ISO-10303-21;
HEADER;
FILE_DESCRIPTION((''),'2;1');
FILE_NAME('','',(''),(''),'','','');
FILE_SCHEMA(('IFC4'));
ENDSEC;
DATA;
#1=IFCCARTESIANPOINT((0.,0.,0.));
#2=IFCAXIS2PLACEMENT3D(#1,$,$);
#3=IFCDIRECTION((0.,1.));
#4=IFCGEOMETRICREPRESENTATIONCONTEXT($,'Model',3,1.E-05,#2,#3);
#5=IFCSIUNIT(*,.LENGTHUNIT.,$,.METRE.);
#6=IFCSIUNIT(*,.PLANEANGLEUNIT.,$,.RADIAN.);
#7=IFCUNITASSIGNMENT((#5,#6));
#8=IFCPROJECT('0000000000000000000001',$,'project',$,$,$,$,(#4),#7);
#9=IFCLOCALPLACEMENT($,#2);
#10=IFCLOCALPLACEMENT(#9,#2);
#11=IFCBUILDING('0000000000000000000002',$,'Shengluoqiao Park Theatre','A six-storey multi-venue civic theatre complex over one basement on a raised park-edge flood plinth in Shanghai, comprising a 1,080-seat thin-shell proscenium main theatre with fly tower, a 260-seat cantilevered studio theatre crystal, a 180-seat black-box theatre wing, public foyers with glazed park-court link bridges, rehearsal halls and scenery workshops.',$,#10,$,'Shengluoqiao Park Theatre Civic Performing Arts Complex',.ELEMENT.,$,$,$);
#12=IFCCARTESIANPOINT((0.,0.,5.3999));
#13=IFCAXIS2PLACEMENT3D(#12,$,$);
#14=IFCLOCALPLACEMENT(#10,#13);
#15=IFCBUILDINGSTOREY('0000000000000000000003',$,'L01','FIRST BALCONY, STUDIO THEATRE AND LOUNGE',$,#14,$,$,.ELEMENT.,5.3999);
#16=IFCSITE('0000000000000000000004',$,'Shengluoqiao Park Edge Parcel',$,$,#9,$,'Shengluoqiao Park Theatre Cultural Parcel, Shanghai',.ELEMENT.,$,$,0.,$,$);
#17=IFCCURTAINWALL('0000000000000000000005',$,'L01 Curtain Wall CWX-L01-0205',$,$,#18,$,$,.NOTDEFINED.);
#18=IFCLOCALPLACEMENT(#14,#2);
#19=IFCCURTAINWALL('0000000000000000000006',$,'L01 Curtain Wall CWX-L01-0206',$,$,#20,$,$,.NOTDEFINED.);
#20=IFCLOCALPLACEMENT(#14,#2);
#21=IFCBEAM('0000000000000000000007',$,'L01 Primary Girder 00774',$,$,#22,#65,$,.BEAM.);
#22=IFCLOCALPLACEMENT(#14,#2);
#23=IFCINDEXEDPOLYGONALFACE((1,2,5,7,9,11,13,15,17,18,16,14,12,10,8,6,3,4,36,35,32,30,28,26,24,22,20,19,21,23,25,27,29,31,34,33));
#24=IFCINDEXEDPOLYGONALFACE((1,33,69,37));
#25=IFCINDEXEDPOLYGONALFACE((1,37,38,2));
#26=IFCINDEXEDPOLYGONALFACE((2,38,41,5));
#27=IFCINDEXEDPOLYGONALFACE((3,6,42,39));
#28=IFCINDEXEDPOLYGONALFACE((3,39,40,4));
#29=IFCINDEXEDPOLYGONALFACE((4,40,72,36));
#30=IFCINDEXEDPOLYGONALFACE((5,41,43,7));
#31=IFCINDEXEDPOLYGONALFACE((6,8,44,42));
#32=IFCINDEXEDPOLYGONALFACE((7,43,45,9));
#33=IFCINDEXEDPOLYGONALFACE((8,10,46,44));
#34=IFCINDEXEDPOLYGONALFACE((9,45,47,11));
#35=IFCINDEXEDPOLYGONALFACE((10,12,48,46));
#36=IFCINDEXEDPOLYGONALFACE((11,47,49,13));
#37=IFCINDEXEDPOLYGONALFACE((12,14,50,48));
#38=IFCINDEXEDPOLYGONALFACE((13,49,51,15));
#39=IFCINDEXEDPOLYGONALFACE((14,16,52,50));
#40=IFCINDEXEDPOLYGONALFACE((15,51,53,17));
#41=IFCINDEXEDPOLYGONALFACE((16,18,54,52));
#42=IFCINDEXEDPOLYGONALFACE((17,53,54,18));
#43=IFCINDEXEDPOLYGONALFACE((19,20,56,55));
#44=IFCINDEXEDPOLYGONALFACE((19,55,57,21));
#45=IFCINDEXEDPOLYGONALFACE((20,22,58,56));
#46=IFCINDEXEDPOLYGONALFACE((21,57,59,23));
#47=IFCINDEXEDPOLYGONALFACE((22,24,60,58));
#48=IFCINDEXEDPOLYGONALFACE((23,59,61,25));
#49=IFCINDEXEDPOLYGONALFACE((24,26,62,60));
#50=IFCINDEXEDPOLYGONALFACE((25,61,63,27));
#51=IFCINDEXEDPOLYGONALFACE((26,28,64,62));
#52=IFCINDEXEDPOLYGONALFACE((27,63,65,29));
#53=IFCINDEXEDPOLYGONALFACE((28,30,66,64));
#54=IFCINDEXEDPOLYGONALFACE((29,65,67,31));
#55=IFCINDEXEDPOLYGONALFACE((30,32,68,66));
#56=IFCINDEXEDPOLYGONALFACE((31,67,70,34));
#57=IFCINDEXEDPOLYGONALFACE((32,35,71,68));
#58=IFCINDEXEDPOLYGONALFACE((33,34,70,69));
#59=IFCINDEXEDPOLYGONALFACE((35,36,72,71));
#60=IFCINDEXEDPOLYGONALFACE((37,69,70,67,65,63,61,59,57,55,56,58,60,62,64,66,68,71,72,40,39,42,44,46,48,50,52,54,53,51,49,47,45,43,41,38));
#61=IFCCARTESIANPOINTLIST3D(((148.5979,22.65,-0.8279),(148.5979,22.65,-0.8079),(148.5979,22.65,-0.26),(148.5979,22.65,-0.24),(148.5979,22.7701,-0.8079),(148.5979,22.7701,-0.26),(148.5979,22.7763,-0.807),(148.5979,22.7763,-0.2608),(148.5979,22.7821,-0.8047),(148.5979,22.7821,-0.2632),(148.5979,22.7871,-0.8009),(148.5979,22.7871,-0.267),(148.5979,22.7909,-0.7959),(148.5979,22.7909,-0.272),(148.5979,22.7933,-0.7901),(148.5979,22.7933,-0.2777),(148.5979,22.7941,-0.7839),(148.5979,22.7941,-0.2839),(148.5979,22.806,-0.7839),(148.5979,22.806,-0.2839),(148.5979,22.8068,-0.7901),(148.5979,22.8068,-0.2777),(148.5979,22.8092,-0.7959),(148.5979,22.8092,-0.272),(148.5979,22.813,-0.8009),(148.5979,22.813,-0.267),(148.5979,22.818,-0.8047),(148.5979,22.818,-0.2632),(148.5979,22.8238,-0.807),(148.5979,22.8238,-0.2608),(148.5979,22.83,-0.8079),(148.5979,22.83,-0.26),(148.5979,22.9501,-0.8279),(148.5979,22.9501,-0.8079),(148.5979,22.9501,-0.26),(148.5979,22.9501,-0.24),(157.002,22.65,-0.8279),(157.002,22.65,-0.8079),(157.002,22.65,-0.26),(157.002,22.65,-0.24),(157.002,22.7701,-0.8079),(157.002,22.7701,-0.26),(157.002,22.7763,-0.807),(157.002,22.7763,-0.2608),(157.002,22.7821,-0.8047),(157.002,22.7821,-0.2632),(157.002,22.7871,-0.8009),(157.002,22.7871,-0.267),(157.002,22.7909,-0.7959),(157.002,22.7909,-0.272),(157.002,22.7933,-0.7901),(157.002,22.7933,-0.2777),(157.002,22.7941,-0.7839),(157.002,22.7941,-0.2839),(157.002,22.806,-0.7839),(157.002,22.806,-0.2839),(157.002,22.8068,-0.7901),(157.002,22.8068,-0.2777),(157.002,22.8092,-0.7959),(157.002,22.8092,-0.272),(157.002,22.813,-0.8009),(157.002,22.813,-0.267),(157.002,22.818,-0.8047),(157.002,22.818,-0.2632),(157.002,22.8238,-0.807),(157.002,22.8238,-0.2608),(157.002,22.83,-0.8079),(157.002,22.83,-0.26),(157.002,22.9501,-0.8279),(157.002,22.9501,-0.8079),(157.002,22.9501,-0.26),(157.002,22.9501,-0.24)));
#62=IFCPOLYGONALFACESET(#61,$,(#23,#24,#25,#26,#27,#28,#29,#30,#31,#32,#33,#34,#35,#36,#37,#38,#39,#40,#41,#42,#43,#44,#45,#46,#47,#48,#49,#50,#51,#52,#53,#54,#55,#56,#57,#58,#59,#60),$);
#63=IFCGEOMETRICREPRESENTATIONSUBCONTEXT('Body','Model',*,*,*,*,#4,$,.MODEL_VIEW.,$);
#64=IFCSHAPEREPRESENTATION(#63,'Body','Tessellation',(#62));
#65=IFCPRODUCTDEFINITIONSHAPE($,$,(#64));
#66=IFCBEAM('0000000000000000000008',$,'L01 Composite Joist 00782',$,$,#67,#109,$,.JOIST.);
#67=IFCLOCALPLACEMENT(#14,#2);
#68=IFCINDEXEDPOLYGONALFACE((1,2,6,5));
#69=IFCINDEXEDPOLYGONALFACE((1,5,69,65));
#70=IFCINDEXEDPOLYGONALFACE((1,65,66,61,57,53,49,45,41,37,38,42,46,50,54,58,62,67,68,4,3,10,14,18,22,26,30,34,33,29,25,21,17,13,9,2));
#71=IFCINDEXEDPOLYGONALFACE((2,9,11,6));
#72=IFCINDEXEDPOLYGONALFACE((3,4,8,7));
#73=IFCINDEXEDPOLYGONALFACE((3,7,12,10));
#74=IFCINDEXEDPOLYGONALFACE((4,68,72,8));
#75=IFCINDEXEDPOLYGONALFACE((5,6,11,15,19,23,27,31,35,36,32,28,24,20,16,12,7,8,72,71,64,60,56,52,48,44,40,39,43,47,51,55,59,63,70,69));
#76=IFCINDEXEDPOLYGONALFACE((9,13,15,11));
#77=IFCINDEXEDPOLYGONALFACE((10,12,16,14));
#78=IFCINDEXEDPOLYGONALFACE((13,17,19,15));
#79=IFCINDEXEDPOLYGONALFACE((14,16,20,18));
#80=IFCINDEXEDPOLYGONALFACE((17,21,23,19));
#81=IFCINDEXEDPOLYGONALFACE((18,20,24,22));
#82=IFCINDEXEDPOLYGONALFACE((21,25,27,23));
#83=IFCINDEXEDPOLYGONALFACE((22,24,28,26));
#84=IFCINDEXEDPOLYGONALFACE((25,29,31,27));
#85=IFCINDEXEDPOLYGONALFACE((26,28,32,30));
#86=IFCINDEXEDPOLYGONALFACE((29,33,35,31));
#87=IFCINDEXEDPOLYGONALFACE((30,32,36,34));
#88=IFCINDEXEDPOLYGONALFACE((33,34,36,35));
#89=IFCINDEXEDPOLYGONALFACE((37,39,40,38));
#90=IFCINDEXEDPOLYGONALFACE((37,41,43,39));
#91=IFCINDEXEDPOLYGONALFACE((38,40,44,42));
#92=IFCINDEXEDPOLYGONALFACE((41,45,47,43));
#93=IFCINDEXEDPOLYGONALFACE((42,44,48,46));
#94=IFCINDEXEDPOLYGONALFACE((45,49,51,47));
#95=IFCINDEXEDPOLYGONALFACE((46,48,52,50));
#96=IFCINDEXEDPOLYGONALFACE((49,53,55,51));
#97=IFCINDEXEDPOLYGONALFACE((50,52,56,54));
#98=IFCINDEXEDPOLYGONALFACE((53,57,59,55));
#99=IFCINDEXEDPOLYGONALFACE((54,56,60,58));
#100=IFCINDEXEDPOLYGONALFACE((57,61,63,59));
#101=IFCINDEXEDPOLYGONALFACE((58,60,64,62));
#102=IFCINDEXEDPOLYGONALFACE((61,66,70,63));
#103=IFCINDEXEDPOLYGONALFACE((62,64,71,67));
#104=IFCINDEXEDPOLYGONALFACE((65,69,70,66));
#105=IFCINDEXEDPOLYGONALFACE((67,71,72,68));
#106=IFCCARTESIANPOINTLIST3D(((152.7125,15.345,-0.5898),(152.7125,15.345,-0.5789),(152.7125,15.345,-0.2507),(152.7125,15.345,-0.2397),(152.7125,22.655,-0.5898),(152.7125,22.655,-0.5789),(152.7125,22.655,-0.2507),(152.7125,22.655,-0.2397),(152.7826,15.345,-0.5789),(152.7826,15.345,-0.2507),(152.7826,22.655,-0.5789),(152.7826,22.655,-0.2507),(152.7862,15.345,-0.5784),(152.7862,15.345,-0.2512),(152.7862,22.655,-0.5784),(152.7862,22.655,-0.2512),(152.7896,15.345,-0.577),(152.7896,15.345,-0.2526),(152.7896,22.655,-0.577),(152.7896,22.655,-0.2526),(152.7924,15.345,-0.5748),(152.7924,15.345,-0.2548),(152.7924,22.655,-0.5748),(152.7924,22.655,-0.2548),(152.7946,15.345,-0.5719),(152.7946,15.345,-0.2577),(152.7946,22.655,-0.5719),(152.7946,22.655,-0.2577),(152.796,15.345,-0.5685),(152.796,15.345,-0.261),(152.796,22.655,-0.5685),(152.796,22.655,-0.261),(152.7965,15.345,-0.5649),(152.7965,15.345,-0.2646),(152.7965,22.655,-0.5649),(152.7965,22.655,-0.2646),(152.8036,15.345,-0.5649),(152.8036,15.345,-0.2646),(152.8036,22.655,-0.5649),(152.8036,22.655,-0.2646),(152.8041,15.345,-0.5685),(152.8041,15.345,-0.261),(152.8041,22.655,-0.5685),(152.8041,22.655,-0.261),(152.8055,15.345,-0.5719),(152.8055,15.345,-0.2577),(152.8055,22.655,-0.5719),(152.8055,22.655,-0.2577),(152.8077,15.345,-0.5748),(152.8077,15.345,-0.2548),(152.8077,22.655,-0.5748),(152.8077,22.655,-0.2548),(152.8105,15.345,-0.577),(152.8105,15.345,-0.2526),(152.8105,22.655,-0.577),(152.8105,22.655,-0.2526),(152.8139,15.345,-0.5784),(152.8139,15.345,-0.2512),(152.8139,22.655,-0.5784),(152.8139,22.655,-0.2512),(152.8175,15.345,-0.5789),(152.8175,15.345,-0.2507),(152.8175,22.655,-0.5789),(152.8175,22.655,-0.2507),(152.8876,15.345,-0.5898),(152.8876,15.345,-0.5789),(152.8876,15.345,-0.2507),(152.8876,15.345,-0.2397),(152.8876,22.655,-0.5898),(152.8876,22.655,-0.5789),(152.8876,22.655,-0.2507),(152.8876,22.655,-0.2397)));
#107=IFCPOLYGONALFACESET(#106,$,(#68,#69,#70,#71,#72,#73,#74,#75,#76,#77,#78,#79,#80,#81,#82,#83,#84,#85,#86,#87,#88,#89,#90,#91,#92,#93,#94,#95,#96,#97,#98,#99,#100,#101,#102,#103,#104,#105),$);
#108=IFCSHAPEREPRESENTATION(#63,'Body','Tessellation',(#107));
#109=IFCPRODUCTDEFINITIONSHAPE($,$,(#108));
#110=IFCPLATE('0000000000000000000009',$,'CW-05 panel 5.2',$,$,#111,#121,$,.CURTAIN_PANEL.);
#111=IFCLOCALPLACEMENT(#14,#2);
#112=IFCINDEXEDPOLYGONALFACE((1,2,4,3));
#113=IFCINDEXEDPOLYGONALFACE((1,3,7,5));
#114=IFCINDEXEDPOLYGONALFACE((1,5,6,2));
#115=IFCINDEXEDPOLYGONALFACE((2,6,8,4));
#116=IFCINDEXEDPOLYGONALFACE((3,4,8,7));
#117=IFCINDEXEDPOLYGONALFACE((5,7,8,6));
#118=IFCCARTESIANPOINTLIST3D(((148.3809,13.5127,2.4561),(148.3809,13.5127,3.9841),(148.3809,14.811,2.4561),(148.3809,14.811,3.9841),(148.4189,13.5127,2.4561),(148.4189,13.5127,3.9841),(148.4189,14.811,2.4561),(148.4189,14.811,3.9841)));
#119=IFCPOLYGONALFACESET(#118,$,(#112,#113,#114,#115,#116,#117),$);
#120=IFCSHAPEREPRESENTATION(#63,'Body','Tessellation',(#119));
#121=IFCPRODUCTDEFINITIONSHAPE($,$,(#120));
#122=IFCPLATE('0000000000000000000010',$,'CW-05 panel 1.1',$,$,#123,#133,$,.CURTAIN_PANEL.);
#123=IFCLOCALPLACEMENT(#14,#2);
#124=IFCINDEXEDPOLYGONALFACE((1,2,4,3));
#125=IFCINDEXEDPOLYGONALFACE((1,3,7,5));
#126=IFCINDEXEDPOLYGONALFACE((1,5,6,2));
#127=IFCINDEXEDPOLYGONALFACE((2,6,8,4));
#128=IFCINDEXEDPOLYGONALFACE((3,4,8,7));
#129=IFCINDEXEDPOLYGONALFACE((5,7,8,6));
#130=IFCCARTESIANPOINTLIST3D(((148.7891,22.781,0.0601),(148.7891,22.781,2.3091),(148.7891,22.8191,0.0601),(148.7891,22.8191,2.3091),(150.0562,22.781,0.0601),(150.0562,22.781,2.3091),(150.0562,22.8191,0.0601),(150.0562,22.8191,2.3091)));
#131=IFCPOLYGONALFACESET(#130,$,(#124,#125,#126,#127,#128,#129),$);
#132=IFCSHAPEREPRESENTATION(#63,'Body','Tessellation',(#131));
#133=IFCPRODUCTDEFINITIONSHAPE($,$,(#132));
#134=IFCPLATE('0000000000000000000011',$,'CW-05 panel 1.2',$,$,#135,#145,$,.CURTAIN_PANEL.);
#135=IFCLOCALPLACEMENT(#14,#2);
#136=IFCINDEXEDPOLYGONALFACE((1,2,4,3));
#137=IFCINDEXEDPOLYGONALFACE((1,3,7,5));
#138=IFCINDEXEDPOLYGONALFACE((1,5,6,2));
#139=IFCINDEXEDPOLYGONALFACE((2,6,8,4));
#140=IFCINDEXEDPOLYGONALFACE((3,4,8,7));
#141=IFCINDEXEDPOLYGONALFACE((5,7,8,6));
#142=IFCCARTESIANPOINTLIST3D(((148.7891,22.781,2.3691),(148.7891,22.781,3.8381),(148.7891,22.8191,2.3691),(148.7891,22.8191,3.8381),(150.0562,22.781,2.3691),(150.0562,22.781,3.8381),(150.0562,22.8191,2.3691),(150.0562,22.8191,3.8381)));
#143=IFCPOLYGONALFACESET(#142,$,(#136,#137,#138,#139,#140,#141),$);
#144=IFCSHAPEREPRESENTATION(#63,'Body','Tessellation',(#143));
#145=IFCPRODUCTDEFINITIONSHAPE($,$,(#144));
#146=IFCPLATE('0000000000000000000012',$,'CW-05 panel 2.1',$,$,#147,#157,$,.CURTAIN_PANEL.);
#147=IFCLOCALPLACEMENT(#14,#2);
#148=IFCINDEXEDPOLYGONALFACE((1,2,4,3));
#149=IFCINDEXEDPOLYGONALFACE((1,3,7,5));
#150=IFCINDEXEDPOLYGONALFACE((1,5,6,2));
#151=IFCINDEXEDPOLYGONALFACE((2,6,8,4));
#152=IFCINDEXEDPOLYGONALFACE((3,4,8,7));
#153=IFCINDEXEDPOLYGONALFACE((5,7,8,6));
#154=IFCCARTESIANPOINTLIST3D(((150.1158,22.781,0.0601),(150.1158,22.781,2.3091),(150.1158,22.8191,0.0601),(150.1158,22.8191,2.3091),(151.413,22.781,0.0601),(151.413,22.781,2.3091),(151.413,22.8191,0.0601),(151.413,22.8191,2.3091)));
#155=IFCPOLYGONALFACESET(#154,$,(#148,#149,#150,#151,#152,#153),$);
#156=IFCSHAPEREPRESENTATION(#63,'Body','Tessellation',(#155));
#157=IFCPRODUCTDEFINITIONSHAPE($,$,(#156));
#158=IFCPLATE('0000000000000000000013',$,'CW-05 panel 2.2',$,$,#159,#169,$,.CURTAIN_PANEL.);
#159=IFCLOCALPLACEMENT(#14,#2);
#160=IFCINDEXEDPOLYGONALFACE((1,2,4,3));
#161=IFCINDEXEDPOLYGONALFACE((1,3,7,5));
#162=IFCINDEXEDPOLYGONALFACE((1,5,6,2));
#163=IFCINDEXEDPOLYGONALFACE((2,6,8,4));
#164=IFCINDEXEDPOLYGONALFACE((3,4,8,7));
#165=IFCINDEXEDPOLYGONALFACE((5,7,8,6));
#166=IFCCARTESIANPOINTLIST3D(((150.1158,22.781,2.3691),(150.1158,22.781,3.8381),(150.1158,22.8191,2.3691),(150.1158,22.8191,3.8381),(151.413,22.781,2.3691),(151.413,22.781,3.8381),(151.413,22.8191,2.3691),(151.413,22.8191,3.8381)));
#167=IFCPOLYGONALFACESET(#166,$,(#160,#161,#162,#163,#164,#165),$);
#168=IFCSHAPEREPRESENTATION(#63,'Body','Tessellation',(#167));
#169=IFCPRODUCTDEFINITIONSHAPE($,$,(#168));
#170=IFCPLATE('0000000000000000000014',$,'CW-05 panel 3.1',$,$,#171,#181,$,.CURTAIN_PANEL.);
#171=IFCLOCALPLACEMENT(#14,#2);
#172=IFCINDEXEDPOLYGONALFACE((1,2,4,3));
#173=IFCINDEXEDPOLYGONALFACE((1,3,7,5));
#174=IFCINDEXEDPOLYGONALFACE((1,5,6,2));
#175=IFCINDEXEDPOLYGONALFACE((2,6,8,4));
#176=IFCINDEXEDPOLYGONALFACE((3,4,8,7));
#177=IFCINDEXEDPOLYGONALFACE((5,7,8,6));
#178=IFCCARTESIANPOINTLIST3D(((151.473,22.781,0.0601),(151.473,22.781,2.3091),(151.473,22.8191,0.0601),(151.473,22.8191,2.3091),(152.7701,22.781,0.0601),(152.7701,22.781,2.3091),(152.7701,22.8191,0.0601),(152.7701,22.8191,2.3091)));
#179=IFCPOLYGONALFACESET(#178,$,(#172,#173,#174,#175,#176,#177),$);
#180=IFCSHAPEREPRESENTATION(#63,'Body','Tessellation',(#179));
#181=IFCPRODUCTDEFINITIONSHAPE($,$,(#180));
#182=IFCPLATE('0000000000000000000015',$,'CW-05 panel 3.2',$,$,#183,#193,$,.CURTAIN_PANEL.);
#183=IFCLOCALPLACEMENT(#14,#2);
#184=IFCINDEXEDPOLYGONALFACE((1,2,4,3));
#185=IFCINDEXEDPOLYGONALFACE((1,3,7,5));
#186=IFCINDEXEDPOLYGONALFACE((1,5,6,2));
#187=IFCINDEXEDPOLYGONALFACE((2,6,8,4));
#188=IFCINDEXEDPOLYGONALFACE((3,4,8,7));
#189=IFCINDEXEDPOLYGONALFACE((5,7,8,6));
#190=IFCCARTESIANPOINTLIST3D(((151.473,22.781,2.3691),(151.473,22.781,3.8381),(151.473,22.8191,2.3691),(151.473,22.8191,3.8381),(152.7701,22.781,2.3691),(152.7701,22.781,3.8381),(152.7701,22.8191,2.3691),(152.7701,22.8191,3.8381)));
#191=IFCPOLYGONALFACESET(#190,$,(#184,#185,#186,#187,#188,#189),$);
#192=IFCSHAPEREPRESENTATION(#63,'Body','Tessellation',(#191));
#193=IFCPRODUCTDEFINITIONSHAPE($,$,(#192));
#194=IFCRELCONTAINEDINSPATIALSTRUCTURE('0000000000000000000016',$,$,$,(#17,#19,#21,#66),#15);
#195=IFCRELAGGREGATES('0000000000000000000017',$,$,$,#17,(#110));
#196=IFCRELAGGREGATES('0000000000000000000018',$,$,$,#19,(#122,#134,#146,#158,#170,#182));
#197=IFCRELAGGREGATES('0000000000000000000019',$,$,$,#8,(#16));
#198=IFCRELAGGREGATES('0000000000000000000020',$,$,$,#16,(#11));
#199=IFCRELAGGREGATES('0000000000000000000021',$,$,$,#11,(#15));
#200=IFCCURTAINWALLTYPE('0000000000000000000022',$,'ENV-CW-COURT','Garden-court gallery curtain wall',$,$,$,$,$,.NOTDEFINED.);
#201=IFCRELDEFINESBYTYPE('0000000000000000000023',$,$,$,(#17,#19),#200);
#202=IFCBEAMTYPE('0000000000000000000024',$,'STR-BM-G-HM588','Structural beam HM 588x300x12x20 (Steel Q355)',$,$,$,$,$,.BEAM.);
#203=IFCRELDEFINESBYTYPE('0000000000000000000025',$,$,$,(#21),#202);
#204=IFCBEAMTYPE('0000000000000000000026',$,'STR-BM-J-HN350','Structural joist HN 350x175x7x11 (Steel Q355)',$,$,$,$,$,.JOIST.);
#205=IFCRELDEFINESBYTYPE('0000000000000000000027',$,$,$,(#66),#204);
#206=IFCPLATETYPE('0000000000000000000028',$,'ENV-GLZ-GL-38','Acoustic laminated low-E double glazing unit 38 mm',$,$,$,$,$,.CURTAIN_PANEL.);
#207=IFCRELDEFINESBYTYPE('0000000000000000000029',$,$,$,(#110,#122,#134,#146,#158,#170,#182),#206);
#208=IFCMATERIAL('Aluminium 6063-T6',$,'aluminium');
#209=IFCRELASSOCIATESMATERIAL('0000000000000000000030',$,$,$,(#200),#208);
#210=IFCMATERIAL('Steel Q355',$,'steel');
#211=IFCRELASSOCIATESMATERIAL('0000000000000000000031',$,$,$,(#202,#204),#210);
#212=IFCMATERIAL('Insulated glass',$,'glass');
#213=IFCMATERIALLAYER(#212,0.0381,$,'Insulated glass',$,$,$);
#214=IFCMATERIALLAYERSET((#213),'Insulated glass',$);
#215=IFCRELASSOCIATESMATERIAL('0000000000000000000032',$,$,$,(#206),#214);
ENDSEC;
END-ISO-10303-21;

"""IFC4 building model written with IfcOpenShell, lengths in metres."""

from ifc_helpers import new_model, si_unit, direction, frame, origin, origin_2d, place, context, subcontext, project, spatial, rectangle, i_section, extrude, material, layer, layer_set, material_profile, profile_set, type_object, element, aggregate, save


model = new_model("IFC4")

# Units and contexts
model_context = context("Model", 3, precision=1e-05, world=origin(), true_north=direction((0.0, 1.0)))
body_context = subcontext(model_context, "Body", "Model", "MODEL_VIEW")
ifc_project = project(units=[si_unit("LENGTHUNIT", "METRE"), si_unit("PLANEANGLEUNIT", "RADIAN")], contexts=[model_context])

# Site, building, storey
site_placement = place(None, origin())
site = spatial("IfcSite", under=ifc_project, at=site_placement, Name="Shengluoqiao Park Edge Parcel", LongName="Shengluoqiao Park Theatre Cultural Parcel, Shanghai", CompositionType="ELEMENT", RefElevation=0.0)
building_placement = place(site_placement, origin())
building = spatial("IfcBuilding", under=site, at=building_placement, Name="Shengluoqiao Park Theatre", Description="A six-storey multi-venue civic theatre complex over one basement on a raised park-edge flood plinth in Shanghai, comprising a 1,080-seat thin-shell proscenium main theatre with fly tower, a 260-seat cantilevered studio theatre crystal, a 180-seat black-box theatre wing, public foyers with glazed park-court link bridges, rehearsal halls and scenery workshops.", LongName="Shengluoqiao Park Theatre Civic Performing Arts Complex", CompositionType="ELEMENT")
storey_placement = place(building_placement, frame((0.0, 0.0, 5.3999)))
storey = spatial("IfcBuildingStorey", under=building, at=storey_placement, Name="L01", Description="FIRST BALCONY, STUDIO THEATRE AND LOUNGE", CompositionType="ELEMENT", Elevation=5.3999)

# Curtain wall
ifc_material_1 = material(Name="Aluminium 6063-T6", Category="aluminium")
curtain_wall_type = type_object("IfcCurtainWallType", Name="ENV-CW-COURT", Description="Garden-court gallery curtain wall", PredefinedType="NOTDEFINED", material=ifc_material_1)
curtain_wall_1_placement = place(storey_placement, origin())
curtain_wall_1 = element("IfcCurtainWall", 1, at=curtain_wall_1_placement, inside=storey, type_object=curtain_wall_type, Name="L01 Curtain Wall CWX-L01-0205", PredefinedType="NOTDEFINED")

# Curtain wall
curtain_wall_2_placement = place(storey_placement, origin())
curtain_wall_2 = element("IfcCurtainWall", 2, at=curtain_wall_2_placement, inside=storey, type_object=curtain_wall_type, Name="L01 Curtain Wall CWX-L01-0206", PredefinedType="NOTDEFINED")

# Beams
ifc_material_2 = material(Name="Steel Q355", Category="steel")
ifc_material_profile_1 = material_profile(ifc_material_2, i_section(OverallWidth=0.3, OverallDepth=0.5879, WebThickness=0.012, FlangeThickness=0.02, FilletRadius=0.0239, at=origin_2d()), Name="HM 588x300x12x20")
ifc_profile_set_1 = profile_set([ifc_material_profile_1], Name="Steel Q355")
beam_type_1 = type_object("IfcBeamType", Name="STR-BM-G-HM588", Description="Structural beam HM 588x300x12x20 (Steel Q355)", PredefinedType="BEAM", material=ifc_profile_set_1)
for number, where, z_axis, x_axis, name in (
    (3, (148.5979, 22.8, -0.5339), (1.0, 0.0, 0.0), (0.0, 1.0, 0.0), "L01 Primary Girder 00774"),
):
    element("IfcBeam", number, at=place(storey_placement, frame(where, z_axis=z_axis, x_axis=x_axis)), inside=storey, type_object=beam_type_1, Name=name, PredefinedType="BEAM", context=body_context, shape_type="SweptSolid", body=[
        extrude(i_section(OverallWidth=0.3, OverallDepth=0.5879, WebThickness=0.012, FlangeThickness=0.02, FilletRadius=0.0239, at=origin_2d()), origin(), (0.0, 0.0, 1.0), 8.4041),
    ])
ifc_material_profile_2 = material_profile(ifc_material_2, i_section(OverallWidth=0.175, OverallDepth=0.3501, WebThickness=0.0071, FlangeThickness=0.011, FilletRadius=0.0139, at=origin_2d()), Name="HN 350x175x7x11")
ifc_profile_set_2 = profile_set([ifc_material_profile_2], Name="Steel Q355")
beam_type_2 = type_object("IfcBeamType", Name="STR-BM-J-HN350", Description="Structural joist HN 350x175x7x11 (Steel Q355)", PredefinedType="JOIST", material=ifc_profile_set_2)
beam_1_placement = place(storey_placement, frame((152.8, 15.345, -0.4148), z_axis=(0.0, 1.0, 0.0), x_axis=(-1.0, 0.0, 0.0)))
element("IfcBeam", 4, at=beam_1_placement, inside=storey, type_object=beam_type_2, Name="L01 Composite Joist 00782", PredefinedType="JOIST", context=body_context, shape_type="SweptSolid", body=[
    extrude(i_section(OverallWidth=0.175, OverallDepth=0.3501, WebThickness=0.0071, FlangeThickness=0.011, FilletRadius=0.0139, at=origin_2d()), origin(), (0.0, 0.0, 1.0), 7.3101),
])

# Plates
ifc_material_3 = material(Name="Insulated glass", Category="glass")
ifc_layer_1 = layer(ifc_material_3, 0.0381, Name="Insulated glass")
ifc_layer_set_1 = layer_set([ifc_layer_1], Name="Insulated glass")
plate_type = type_object("IfcPlateType", Name="ENV-GLZ-GL-38", Description="Acoustic laminated low-E double glazing unit 38 mm", PredefinedType="CURTAIN_PANEL", material=ifc_layer_set_1)
plate_1_placement = place(storey_placement, frame((148.3999, 14.1619, 2.4561), z_axis=(0.0, 0.0, 1.0), x_axis=(0.0, 1.0, 0.0)))
plate_1 = element("IfcPlate", 5, at=plate_1_placement, type_object=plate_type, Name="CW-05 panel 5.2", PredefinedType="CURTAIN_PANEL", context=body_context, shape_type="SweptSolid", body=[
    extrude(rectangle(XDim=1.2983, YDim=0.0381, at=origin_2d()), origin(), (0.0, 0.0, 1.0), 1.5281),
])
aggregate(curtain_wall_1, [plate_1])
plate_2_placement = place(storey_placement, frame((149.4226, 22.8, 0.0601), z_axis=(0.0, 0.0, 1.0), x_axis=(1.0, 0.0, 0.0)))
plate_2 = element("IfcPlate", 6, at=plate_2_placement, type_object=plate_type, Name="CW-05 panel 1.1", PredefinedType="CURTAIN_PANEL", context=body_context, shape_type="SweptSolid", body=[
    extrude(rectangle(XDim=1.2671, YDim=0.0381, at=origin_2d()), origin(), (0.0, 0.0, 1.0), 2.249),
])
plate_3_placement = place(storey_placement, frame((149.4226, 22.8, 2.3691), z_axis=(0.0, 0.0, 1.0), x_axis=(1.0, 0.0, 0.0)))
plate_3 = element("IfcPlate", 7, at=plate_3_placement, type_object=plate_type, Name="CW-05 panel 1.2", PredefinedType="CURTAIN_PANEL", context=body_context, shape_type="SweptSolid", body=[
    extrude(rectangle(XDim=1.2671, YDim=0.0381, at=origin_2d()), origin(), (0.0, 0.0, 1.0), 1.469),
])
plate_4_placement = place(storey_placement, frame((150.7644, 22.8, 0.0601), z_axis=(0.0, 0.0, 1.0), x_axis=(1.0, 0.0, 0.0)))
plate_4 = element("IfcPlate", 8, at=plate_4_placement, type_object=plate_type, Name="CW-05 panel 2.1", PredefinedType="CURTAIN_PANEL", context=body_context, shape_type="SweptSolid", body=[
    extrude(rectangle(XDim=1.2971, YDim=0.0381, at=origin_2d()), origin(), (0.0, 0.0, 1.0), 2.249),
])
plate_5_placement = place(storey_placement, frame((150.7644, 22.8, 2.3691), z_axis=(0.0, 0.0, 1.0), x_axis=(1.0, 0.0, 0.0)))
plate_5 = element("IfcPlate", 9, at=plate_5_placement, type_object=plate_type, Name="CW-05 panel 2.2", PredefinedType="CURTAIN_PANEL", context=body_context, shape_type="SweptSolid", body=[
    extrude(rectangle(XDim=1.2971, YDim=0.0381, at=origin_2d()), origin(), (0.0, 0.0, 1.0), 1.469),
])
plate_6_placement = place(storey_placement, frame((152.1216, 22.8, 0.0601), z_axis=(0.0, 0.0, 1.0), x_axis=(1.0, 0.0, 0.0)))
plate_6 = element("IfcPlate", 10, at=plate_6_placement, type_object=plate_type, Name="CW-05 panel 3.1", PredefinedType="CURTAIN_PANEL", context=body_context, shape_type="SweptSolid", body=[
    extrude(rectangle(XDim=1.2971, YDim=0.0381, at=origin_2d()), origin(), (0.0, 0.0, 1.0), 2.249),
])
plate_7_placement = place(storey_placement, frame((152.1216, 22.8, 2.3691), z_axis=(0.0, 0.0, 1.0), x_axis=(1.0, 0.0, 0.0)))
plate_7 = element("IfcPlate", 11, at=plate_7_placement, type_object=plate_type, Name="CW-05 panel 3.2", PredefinedType="CURTAIN_PANEL", context=body_context, shape_type="SweptSolid", body=[
    extrude(rectangle(XDim=1.2971, YDim=0.0381, at=origin_2d()), origin(), (0.0, 0.0, 1.0), 1.469),
])
aggregate(curtain_wall_2, [plate_2, plate_3, plate_4, plate_5, plate_6, plate_7])

save(model, "model.ifc")
